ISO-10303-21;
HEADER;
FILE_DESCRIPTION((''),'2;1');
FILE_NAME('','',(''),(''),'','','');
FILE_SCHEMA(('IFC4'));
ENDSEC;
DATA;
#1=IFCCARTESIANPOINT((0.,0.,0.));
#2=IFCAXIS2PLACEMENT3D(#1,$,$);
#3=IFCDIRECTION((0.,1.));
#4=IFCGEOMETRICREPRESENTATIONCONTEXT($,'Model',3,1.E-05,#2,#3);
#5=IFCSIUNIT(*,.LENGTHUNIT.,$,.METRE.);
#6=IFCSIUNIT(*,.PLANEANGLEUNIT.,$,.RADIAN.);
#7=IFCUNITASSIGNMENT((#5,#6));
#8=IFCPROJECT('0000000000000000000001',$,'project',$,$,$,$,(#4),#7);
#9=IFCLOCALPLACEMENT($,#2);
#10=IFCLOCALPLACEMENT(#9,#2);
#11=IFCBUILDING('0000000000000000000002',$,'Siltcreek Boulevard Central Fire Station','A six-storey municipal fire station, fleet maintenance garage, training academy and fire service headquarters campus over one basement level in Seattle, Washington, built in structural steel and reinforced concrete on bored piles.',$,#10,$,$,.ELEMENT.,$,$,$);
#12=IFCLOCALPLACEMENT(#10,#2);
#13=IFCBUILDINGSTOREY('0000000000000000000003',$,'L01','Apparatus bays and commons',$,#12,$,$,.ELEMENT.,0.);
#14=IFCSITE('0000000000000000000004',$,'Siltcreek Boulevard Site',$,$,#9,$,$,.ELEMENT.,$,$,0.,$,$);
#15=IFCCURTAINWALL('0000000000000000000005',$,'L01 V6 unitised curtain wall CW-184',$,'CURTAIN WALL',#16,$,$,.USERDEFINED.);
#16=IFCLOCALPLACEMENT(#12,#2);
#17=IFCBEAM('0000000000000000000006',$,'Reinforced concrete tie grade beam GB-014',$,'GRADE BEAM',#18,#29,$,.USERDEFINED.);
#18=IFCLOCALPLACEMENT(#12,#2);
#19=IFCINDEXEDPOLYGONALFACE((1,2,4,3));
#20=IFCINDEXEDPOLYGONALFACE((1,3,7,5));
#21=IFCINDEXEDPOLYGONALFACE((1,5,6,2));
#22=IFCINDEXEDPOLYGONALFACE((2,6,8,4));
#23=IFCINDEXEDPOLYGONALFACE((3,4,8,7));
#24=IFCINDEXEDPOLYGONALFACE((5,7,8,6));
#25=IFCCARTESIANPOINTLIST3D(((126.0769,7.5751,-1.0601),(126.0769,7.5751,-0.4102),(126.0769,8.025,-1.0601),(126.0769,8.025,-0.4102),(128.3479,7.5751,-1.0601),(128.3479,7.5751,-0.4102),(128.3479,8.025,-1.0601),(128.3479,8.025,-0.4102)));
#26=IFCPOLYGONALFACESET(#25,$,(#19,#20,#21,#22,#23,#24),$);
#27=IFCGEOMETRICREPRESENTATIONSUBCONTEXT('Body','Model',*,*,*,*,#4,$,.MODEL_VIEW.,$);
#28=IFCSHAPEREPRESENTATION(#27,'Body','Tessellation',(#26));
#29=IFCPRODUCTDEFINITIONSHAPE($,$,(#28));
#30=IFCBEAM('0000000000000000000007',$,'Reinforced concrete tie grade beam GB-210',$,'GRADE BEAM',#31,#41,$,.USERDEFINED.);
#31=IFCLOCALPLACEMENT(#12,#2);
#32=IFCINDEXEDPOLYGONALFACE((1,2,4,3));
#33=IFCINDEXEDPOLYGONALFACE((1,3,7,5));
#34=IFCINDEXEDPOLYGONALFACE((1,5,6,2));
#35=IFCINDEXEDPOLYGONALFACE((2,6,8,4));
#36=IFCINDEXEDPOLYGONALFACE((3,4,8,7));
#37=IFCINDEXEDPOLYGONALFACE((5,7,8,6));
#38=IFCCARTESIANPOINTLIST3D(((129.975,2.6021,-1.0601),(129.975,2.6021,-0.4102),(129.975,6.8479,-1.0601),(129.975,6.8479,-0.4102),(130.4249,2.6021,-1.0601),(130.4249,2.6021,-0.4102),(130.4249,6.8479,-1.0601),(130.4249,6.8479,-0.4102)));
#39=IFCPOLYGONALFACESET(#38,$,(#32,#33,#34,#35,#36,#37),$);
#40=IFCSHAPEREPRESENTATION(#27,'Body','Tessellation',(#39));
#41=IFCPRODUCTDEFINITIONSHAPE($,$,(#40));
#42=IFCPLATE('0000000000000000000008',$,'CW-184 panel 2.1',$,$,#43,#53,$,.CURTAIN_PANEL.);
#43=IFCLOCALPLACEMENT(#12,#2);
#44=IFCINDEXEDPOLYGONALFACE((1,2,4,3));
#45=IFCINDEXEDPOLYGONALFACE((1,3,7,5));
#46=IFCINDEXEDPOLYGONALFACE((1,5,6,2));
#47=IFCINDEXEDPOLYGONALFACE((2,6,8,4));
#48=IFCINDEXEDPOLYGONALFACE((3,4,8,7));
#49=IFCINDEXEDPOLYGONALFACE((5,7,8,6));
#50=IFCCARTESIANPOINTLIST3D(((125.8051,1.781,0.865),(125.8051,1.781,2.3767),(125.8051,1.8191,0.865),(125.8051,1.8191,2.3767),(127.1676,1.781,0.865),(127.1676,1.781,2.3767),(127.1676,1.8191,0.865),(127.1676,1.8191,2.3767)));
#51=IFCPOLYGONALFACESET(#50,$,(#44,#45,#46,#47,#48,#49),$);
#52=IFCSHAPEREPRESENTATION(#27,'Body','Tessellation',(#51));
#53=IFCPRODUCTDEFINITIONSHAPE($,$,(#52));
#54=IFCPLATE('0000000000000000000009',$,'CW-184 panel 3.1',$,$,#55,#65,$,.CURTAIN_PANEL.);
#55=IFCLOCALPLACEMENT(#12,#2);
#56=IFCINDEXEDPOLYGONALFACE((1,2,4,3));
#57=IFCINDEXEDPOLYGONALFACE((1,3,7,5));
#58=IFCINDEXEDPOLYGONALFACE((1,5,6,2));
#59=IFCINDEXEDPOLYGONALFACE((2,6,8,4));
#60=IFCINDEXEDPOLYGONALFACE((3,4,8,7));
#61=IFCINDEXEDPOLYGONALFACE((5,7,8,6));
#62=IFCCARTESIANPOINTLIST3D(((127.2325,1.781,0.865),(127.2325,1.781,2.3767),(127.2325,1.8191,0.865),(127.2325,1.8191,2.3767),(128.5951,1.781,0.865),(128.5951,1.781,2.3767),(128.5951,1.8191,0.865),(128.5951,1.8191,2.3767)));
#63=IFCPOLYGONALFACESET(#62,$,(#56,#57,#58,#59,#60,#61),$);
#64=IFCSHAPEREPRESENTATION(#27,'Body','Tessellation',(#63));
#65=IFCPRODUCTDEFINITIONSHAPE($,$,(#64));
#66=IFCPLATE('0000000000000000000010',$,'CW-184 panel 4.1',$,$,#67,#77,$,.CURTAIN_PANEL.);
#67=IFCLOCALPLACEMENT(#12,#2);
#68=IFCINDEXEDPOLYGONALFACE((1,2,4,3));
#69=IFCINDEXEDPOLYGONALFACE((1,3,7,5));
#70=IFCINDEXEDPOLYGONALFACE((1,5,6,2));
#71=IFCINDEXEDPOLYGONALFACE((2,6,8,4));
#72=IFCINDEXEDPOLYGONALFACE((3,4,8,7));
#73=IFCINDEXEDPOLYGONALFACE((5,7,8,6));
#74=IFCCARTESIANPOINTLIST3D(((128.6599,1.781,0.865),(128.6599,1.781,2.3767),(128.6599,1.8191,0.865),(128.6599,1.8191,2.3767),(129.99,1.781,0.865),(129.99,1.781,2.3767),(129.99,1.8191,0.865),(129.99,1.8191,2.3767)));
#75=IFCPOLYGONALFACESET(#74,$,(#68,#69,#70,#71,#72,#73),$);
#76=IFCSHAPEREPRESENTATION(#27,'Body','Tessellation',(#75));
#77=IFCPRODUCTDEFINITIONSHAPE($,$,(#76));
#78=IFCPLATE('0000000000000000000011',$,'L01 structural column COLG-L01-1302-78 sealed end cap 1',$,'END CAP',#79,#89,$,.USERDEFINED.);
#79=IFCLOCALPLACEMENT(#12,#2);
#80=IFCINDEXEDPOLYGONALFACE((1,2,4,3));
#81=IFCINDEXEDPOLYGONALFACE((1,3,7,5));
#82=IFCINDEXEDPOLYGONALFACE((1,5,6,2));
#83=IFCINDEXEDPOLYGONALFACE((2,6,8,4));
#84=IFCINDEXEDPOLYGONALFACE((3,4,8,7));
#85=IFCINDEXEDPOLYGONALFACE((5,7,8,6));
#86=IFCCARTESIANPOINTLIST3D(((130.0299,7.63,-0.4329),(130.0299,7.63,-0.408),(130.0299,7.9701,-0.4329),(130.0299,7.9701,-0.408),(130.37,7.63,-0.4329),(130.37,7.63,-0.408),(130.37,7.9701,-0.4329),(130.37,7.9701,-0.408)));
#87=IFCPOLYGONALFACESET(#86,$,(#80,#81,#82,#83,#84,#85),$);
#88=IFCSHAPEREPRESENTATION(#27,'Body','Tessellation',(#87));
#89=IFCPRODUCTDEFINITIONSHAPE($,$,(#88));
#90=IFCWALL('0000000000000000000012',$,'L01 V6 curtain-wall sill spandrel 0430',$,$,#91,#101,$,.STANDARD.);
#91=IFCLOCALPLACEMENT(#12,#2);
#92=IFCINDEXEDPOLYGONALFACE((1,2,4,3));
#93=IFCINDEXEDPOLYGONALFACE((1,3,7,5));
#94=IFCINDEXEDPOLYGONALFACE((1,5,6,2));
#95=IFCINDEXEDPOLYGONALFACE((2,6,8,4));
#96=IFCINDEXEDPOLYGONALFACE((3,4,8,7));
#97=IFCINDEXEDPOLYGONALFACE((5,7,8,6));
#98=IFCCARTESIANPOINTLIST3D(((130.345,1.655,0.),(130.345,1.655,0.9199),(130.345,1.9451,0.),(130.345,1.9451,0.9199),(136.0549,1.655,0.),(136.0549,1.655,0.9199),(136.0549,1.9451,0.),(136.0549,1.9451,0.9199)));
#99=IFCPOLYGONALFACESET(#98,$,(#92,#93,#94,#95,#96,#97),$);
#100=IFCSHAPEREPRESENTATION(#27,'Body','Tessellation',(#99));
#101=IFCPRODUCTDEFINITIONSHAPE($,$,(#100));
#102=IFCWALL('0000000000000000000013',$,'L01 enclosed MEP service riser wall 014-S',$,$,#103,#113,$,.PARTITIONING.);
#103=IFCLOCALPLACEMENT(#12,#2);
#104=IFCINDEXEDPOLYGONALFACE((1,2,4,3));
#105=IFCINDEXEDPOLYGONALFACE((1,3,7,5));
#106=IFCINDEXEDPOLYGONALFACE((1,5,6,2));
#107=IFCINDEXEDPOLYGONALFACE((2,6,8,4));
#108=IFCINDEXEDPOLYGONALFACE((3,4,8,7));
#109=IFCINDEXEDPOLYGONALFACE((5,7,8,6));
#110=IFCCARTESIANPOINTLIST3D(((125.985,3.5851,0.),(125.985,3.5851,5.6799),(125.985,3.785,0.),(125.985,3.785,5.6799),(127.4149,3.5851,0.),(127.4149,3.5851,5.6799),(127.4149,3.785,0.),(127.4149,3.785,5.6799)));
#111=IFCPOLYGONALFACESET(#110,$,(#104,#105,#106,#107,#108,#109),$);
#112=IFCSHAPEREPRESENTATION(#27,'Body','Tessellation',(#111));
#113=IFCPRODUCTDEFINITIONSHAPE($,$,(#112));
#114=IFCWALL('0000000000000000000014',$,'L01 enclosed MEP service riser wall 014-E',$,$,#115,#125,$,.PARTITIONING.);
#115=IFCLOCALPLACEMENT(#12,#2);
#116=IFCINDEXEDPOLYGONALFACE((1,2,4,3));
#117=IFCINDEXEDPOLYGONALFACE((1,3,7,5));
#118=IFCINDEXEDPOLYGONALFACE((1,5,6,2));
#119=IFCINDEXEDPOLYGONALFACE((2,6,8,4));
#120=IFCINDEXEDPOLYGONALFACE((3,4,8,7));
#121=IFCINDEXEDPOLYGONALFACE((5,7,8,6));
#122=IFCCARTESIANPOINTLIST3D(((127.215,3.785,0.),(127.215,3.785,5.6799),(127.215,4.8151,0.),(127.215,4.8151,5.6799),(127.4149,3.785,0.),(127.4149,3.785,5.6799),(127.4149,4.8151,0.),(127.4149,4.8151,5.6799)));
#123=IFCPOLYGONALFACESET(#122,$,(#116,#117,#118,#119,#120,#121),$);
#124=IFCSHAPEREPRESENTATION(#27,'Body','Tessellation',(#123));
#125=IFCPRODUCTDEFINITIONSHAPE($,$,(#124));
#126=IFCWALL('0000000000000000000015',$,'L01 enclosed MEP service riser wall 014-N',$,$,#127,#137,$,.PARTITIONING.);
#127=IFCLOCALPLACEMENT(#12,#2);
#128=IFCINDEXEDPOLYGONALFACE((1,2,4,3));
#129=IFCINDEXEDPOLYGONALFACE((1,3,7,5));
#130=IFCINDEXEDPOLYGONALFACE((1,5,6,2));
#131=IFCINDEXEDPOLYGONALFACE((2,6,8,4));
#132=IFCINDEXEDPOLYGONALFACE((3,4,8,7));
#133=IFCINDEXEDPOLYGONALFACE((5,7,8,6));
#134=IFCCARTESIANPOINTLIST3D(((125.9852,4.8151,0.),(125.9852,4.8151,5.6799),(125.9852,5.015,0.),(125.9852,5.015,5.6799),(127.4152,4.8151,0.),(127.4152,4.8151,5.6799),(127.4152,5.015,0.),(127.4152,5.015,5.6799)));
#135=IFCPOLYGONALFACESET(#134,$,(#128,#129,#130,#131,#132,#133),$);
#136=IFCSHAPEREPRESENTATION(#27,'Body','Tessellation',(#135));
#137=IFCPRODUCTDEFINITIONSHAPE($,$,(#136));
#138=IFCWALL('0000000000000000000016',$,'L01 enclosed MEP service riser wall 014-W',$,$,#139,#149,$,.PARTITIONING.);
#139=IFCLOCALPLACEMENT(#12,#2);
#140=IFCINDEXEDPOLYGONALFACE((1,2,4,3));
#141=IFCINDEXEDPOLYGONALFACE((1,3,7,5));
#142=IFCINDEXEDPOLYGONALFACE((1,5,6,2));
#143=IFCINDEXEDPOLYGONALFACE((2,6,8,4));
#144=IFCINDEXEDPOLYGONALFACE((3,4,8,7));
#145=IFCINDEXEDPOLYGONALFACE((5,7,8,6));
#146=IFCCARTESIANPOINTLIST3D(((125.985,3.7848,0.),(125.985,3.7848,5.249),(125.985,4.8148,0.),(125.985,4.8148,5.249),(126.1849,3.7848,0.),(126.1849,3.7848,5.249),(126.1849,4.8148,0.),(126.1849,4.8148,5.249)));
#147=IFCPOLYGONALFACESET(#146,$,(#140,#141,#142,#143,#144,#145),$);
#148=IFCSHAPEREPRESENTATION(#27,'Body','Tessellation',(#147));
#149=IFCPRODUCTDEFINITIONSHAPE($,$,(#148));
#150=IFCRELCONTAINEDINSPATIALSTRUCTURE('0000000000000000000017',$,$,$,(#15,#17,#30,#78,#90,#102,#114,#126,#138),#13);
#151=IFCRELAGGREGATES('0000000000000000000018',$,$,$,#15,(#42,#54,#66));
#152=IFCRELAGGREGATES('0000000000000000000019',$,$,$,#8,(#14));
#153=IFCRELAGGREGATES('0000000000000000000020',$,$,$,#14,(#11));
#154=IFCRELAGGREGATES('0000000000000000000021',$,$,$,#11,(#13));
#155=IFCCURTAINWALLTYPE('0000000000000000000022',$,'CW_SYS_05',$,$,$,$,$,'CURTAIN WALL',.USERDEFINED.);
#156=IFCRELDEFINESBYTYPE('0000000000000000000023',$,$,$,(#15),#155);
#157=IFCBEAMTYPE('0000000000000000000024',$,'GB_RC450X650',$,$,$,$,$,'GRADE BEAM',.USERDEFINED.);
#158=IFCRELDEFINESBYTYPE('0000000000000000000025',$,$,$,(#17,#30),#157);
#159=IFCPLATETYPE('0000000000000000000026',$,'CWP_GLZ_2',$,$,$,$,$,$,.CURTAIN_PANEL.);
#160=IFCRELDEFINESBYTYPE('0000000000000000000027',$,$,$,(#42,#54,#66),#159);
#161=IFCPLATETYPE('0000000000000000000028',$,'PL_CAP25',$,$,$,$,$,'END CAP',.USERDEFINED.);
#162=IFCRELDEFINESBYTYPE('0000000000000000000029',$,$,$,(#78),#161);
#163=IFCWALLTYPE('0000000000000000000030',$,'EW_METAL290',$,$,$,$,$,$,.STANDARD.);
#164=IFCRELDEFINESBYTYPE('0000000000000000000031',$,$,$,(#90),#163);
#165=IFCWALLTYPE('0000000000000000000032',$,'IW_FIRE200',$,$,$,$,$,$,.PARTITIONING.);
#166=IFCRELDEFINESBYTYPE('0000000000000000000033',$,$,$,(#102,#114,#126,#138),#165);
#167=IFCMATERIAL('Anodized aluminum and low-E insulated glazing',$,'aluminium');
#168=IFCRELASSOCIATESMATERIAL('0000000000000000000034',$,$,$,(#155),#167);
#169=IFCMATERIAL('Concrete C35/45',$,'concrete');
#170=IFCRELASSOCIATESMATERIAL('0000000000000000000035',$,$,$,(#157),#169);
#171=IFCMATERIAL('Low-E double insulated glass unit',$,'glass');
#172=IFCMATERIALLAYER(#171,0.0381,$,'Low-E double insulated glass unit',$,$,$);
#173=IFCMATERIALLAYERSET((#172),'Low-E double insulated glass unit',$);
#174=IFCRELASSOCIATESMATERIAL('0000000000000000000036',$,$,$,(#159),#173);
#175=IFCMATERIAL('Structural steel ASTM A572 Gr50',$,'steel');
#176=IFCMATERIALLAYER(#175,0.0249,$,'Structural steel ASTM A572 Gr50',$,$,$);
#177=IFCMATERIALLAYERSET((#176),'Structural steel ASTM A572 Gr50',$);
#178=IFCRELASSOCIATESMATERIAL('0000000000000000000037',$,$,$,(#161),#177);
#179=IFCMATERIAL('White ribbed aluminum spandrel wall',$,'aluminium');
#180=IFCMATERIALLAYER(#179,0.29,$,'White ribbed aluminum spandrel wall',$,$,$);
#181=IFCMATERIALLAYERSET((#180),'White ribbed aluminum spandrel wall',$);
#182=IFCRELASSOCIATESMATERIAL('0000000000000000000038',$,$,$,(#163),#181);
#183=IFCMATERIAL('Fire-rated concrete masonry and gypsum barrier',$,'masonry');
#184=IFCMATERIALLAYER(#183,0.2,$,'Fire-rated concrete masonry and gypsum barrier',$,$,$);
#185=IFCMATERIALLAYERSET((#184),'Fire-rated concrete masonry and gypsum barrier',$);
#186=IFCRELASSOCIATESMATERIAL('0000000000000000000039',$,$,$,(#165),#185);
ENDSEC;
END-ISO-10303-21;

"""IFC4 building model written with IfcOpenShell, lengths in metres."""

from ifc_helpers import new_model, si_unit, direction, frame, frame_2d, origin, origin_2d, place, context, subcontext, project, spatial, rectangle, extrude, material, layer, layer_set, material_profile, profile_set, type_object, element, aggregate, save


model = new_model("IFC4")

# Units and contexts
model_context = context("Model", 3, precision=1e-05, world=origin(), true_north=direction((0.0, 1.0)))
body_context = subcontext(model_context, "Body", "Model", "MODEL_VIEW")
ifc_project = project(units=[si_unit("LENGTHUNIT", "METRE"), si_unit("PLANEANGLEUNIT", "RADIAN")], contexts=[model_context])

# Site, building, storey
site_placement = place(None, origin())
site = spatial("IfcSite", under=ifc_project, at=site_placement, Name="Siltcreek Boulevard Site", CompositionType="ELEMENT", RefElevation=0.0)
building_placement = place(site_placement, origin())
building = spatial("IfcBuilding", under=site, at=building_placement, Name="Siltcreek Boulevard Central Fire Station", Description="A six-storey municipal fire station, fleet maintenance garage, training academy and fire service headquarters campus over one basement level in Seattle, Washington, built in structural steel and reinforced concrete on bored piles.", CompositionType="ELEMENT")
storey_placement = place(building_placement, origin())
storey = spatial("IfcBuildingStorey", under=building, at=storey_placement, Name="L01", Description="Apparatus bays and commons", CompositionType="ELEMENT", Elevation=0.0)

# Shared definitions
ifc_material_1 = material(Name="Concrete C35/45", Category="concrete")

# Curtain wall
ifc_material_2 = material(Name="Anodized aluminum and low-E insulated glazing", Category="aluminium")
curtain_wall_type_1 = type_object("IfcCurtainWallType", Name="CW_SYS_05", ElementType="CURTAIN WALL", PredefinedType="USERDEFINED", material=ifc_material_2)
curtain_wall_1_placement = place(storey_placement, origin())
curtain_wall_1 = element("IfcCurtainWall", 1, at=curtain_wall_1_placement, inside=storey, type_object=curtain_wall_type_1, Name="L01 V6 unitised curtain wall CW-184", ObjectType="CURTAIN WALL", PredefinedType="USERDEFINED")

# Beams
ifc_material_profile_1 = material_profile(ifc_material_1, rectangle(XDim=0.45, YDim=0.6499, at=origin_2d()), Name="RC450X650")
ifc_profile_set_1 = profile_set([ifc_material_profile_1], Name="Concrete C35/45")
beam_type_1 = type_object("IfcBeamType", Name="GB_RC450X650", ElementType="GRADE BEAM", PredefinedType="USERDEFINED", material=ifc_profile_set_1)
beam_1_placement = place(storey_placement, frame((126.0769, 7.8, -0.7351), z_axis=(1.0, 0.0, 0.0), x_axis=(0.0, 1.0, 0.0)))
element("IfcBeam", 2, at=beam_1_placement, inside=storey, type_object=beam_type_1, Name="Reinforced concrete tie grade beam GB-014", ObjectType="GRADE BEAM", PredefinedType="USERDEFINED", context=body_context, shape_type="SweptSolid", body=[
    extrude(rectangle(XDim=0.45, YDim=0.6499, at=origin_2d()), origin(), (0.0, 0.0, 1.0), 2.271),
])
beam_2_placement = place(storey_placement, frame((130.2, 2.6021, -0.7351), z_axis=(0.0, 1.0, 0.0), x_axis=(-1.0, 0.0, 0.0)))
element("IfcBeam", 3, at=beam_2_placement, inside=storey, type_object=beam_type_1, Name="Reinforced concrete tie grade beam GB-210", ObjectType="GRADE BEAM", PredefinedType="USERDEFINED", context=body_context, shape_type="SweptSolid", body=[
    extrude(rectangle(XDim=0.45, YDim=0.6499, at=origin_2d()), origin(), (0.0, 0.0, 1.0), 4.2458),
])

# Plates
ifc_material_3 = material(Name="Low-E double insulated glass unit", Category="glass")
ifc_layer_1 = layer(ifc_material_3, 0.0381, Name="Low-E double insulated glass unit")
ifc_layer_set_1 = layer_set([ifc_layer_1], Name="Low-E double insulated glass unit")
plate_type_1 = type_object("IfcPlateType", Name="CWP_GLZ_2", PredefinedType="CURTAIN_PANEL", material=ifc_layer_set_1)
plate_1_placement = place(storey_placement, frame((126.4863, 1.8, 0.865), z_axis=(0.0, 0.0, 1.0), x_axis=(1.0, 0.0, 0.0)))
plate_1 = element("IfcPlate", 4, at=plate_1_placement, type_object=plate_type_1, Name="CW-184 panel 2.1", PredefinedType="CURTAIN_PANEL", context=body_context, shape_type="SweptSolid", body=[
    extrude(rectangle(XDim=1.3625, YDim=0.0381, at=origin_2d()), origin(), (0.0, 0.0, 1.0), 1.5117),
])
plate_2_placement = place(storey_placement, frame((127.9138, 1.8, 0.865), z_axis=(0.0, 0.0, 1.0), x_axis=(1.0, 0.0, 0.0)))
plate_2 = element("IfcPlate", 5, at=plate_2_placement, type_object=plate_type_1, Name="CW-184 panel 3.1", PredefinedType="CURTAIN_PANEL", context=body_context, shape_type="SweptSolid", body=[
    extrude(rectangle(XDim=1.3625, YDim=0.0381, at=origin_2d()), origin(), (0.0, 0.0, 1.0), 1.5117),
])
plate_3_placement = place(storey_placement, frame((129.325, 1.8, 0.865), z_axis=(0.0, 0.0, 1.0), x_axis=(1.0, 0.0, 0.0)))
plate_3 = element("IfcPlate", 6, at=plate_3_placement, type_object=plate_type_1, Name="CW-184 panel 4.1", PredefinedType="CURTAIN_PANEL", context=body_context, shape_type="SweptSolid", body=[
    extrude(rectangle(XDim=1.3301, YDim=0.0381, at=origin_2d()), origin(), (0.0, 0.0, 1.0), 1.5117),
])
aggregate(curtain_wall_1, [plate_1, plate_2, plate_3])
ifc_material_4 = material(Name="Structural steel ASTM A572 Gr50", Category="steel")
ifc_layer_2 = layer(ifc_material_4, 0.0249, Name="Structural steel ASTM A572 Gr50")
ifc_layer_set_2 = layer_set([ifc_layer_2], Name="Structural steel ASTM A572 Gr50")
plate_type_2 = type_object("IfcPlateType", Name="PL_CAP25", ElementType="END CAP", PredefinedType="USERDEFINED", material=ifc_layer_set_2)
plate_4_placement = place(storey_placement, frame((130.2, 7.8, -0.4329), z_axis=(0.0, 0.0, 1.0), x_axis=(1.0, 0.0, 0.0)))
element("IfcPlate", 7, at=plate_4_placement, inside=storey, type_object=plate_type_2, Name="L01 structural column COLG-L01-1302-78 sealed end cap 1", ObjectType="END CAP", PredefinedType="USERDEFINED", context=body_context, shape_type="SweptSolid", body=[
    extrude(rectangle(XDim=0.3401, YDim=0.3401, at=origin_2d()), origin(), (0.0, 0.0, 1.0), 0.0249),
])

# Walls
ifc_material_5 = material(Name="White ribbed aluminum spandrel wall", Category="aluminium")
ifc_layer_3 = layer(ifc_material_5, 0.29, Name="White ribbed aluminum spandrel wall")
ifc_layer_set_3 = layer_set([ifc_layer_3], Name="White ribbed aluminum spandrel wall")
wall_type_1 = type_object("IfcWallType", Name="EW_METAL290", PredefinedType="STANDARD", material=ifc_layer_set_3)
wall_1_placement = place(storey_placement, frame((130.345, 1.8, 0.0), z_axis=(0.0, 0.0, 1.0), x_axis=(1.0, 0.0, 0.0)))
element("IfcWall", 8, at=wall_1_placement, inside=storey, type_object=wall_type_1, Name="L01 V6 curtain-wall sill spandrel 0430", PredefinedType="STANDARD", context=body_context, shape_type="SweptSolid", body=[
    extrude(rectangle(XDim=5.71, YDim=0.29, at=frame_2d((2.855, 0.0))), origin(), (0.0, 0.0, 1.0), 0.9199),
])
ifc_material_6 = material(Name="Fire-rated concrete masonry and gypsum barrier", Category="masonry")
ifc_layer_4 = layer(ifc_material_6, 0.2, Name="Fire-rated concrete masonry and gypsum barrier")
ifc_layer_set_4 = layer_set([ifc_layer_4], Name="Fire-rated concrete masonry and gypsum barrier")
wall_type_2 = type_object("IfcWallType", Name="IW_FIRE200", PredefinedType="PARTITIONING", material=ifc_layer_set_4)
wall_2_placement = place(storey_placement, frame((125.9851, 3.6851, 0.0), z_axis=(0.0, 0.0, 1.0), x_axis=(1.0, 0.0, 0.0)))
element("IfcWall", 9, at=wall_2_placement, inside=storey, type_object=wall_type_2, Name="L01 enclosed MEP service riser wall 014-S", PredefinedType="PARTITIONING", context=body_context, shape_type="SweptSolid", body=[
    extrude(rectangle(XDim=1.4299, YDim=0.2, at=frame_2d((0.7148, 0.0))), origin(), (0.0, 0.0, 1.0), 5.6799),
])
wall_3_placement = place(storey_placement, frame((127.3149, 3.7849, 0.0), z_axis=(0.0, 0.0, 1.0), x_axis=(0.0, 1.0, 0.0)))
element("IfcWall", 10, at=wall_3_placement, inside=storey, type_object=wall_type_2, Name="L01 enclosed MEP service riser wall 014-E", PredefinedType="PARTITIONING", context=body_context, shape_type="SweptSolid", body=[
    extrude(rectangle(XDim=1.03, YDim=0.2, at=frame_2d((0.5151, 0.0))), origin(), (0.0, 0.0, 1.0), 5.6799),
])
wall_4_placement = place(storey_placement, frame((127.415, 4.915, 0.0), z_axis=(0.0, 0.0, 1.0), x_axis=(-1.0, 0.0, 0.0)))
element("IfcWall", 11, at=wall_4_placement, inside=storey, type_object=wall_type_2, Name="L01 enclosed MEP service riser wall 014-N", PredefinedType="PARTITIONING", context=body_context, shape_type="SweptSolid", body=[
    extrude(rectangle(XDim=1.4299, YDim=0.2, at=frame_2d((0.7148, 0.0))), origin(), (0.0, 0.0, 1.0), 5.6799),
])
wall_5_placement = place(storey_placement, frame((126.085, 4.8149, 0.0), z_axis=(0.0, 0.0, 1.0), x_axis=(0.0, -1.0, 0.0)))
element("IfcWall", 12, at=wall_5_placement, inside=storey, type_object=wall_type_2, Name="L01 enclosed MEP service riser wall 014-W", PredefinedType="PARTITIONING", context=body_context, shape_type="SweptSolid", body=[
    extrude(rectangle(XDim=1.03, YDim=0.2, at=frame_2d((0.5151, 0.0))), origin(), (0.0, 0.0, 1.0), 5.249),
])

save(model, "model.ifc")
